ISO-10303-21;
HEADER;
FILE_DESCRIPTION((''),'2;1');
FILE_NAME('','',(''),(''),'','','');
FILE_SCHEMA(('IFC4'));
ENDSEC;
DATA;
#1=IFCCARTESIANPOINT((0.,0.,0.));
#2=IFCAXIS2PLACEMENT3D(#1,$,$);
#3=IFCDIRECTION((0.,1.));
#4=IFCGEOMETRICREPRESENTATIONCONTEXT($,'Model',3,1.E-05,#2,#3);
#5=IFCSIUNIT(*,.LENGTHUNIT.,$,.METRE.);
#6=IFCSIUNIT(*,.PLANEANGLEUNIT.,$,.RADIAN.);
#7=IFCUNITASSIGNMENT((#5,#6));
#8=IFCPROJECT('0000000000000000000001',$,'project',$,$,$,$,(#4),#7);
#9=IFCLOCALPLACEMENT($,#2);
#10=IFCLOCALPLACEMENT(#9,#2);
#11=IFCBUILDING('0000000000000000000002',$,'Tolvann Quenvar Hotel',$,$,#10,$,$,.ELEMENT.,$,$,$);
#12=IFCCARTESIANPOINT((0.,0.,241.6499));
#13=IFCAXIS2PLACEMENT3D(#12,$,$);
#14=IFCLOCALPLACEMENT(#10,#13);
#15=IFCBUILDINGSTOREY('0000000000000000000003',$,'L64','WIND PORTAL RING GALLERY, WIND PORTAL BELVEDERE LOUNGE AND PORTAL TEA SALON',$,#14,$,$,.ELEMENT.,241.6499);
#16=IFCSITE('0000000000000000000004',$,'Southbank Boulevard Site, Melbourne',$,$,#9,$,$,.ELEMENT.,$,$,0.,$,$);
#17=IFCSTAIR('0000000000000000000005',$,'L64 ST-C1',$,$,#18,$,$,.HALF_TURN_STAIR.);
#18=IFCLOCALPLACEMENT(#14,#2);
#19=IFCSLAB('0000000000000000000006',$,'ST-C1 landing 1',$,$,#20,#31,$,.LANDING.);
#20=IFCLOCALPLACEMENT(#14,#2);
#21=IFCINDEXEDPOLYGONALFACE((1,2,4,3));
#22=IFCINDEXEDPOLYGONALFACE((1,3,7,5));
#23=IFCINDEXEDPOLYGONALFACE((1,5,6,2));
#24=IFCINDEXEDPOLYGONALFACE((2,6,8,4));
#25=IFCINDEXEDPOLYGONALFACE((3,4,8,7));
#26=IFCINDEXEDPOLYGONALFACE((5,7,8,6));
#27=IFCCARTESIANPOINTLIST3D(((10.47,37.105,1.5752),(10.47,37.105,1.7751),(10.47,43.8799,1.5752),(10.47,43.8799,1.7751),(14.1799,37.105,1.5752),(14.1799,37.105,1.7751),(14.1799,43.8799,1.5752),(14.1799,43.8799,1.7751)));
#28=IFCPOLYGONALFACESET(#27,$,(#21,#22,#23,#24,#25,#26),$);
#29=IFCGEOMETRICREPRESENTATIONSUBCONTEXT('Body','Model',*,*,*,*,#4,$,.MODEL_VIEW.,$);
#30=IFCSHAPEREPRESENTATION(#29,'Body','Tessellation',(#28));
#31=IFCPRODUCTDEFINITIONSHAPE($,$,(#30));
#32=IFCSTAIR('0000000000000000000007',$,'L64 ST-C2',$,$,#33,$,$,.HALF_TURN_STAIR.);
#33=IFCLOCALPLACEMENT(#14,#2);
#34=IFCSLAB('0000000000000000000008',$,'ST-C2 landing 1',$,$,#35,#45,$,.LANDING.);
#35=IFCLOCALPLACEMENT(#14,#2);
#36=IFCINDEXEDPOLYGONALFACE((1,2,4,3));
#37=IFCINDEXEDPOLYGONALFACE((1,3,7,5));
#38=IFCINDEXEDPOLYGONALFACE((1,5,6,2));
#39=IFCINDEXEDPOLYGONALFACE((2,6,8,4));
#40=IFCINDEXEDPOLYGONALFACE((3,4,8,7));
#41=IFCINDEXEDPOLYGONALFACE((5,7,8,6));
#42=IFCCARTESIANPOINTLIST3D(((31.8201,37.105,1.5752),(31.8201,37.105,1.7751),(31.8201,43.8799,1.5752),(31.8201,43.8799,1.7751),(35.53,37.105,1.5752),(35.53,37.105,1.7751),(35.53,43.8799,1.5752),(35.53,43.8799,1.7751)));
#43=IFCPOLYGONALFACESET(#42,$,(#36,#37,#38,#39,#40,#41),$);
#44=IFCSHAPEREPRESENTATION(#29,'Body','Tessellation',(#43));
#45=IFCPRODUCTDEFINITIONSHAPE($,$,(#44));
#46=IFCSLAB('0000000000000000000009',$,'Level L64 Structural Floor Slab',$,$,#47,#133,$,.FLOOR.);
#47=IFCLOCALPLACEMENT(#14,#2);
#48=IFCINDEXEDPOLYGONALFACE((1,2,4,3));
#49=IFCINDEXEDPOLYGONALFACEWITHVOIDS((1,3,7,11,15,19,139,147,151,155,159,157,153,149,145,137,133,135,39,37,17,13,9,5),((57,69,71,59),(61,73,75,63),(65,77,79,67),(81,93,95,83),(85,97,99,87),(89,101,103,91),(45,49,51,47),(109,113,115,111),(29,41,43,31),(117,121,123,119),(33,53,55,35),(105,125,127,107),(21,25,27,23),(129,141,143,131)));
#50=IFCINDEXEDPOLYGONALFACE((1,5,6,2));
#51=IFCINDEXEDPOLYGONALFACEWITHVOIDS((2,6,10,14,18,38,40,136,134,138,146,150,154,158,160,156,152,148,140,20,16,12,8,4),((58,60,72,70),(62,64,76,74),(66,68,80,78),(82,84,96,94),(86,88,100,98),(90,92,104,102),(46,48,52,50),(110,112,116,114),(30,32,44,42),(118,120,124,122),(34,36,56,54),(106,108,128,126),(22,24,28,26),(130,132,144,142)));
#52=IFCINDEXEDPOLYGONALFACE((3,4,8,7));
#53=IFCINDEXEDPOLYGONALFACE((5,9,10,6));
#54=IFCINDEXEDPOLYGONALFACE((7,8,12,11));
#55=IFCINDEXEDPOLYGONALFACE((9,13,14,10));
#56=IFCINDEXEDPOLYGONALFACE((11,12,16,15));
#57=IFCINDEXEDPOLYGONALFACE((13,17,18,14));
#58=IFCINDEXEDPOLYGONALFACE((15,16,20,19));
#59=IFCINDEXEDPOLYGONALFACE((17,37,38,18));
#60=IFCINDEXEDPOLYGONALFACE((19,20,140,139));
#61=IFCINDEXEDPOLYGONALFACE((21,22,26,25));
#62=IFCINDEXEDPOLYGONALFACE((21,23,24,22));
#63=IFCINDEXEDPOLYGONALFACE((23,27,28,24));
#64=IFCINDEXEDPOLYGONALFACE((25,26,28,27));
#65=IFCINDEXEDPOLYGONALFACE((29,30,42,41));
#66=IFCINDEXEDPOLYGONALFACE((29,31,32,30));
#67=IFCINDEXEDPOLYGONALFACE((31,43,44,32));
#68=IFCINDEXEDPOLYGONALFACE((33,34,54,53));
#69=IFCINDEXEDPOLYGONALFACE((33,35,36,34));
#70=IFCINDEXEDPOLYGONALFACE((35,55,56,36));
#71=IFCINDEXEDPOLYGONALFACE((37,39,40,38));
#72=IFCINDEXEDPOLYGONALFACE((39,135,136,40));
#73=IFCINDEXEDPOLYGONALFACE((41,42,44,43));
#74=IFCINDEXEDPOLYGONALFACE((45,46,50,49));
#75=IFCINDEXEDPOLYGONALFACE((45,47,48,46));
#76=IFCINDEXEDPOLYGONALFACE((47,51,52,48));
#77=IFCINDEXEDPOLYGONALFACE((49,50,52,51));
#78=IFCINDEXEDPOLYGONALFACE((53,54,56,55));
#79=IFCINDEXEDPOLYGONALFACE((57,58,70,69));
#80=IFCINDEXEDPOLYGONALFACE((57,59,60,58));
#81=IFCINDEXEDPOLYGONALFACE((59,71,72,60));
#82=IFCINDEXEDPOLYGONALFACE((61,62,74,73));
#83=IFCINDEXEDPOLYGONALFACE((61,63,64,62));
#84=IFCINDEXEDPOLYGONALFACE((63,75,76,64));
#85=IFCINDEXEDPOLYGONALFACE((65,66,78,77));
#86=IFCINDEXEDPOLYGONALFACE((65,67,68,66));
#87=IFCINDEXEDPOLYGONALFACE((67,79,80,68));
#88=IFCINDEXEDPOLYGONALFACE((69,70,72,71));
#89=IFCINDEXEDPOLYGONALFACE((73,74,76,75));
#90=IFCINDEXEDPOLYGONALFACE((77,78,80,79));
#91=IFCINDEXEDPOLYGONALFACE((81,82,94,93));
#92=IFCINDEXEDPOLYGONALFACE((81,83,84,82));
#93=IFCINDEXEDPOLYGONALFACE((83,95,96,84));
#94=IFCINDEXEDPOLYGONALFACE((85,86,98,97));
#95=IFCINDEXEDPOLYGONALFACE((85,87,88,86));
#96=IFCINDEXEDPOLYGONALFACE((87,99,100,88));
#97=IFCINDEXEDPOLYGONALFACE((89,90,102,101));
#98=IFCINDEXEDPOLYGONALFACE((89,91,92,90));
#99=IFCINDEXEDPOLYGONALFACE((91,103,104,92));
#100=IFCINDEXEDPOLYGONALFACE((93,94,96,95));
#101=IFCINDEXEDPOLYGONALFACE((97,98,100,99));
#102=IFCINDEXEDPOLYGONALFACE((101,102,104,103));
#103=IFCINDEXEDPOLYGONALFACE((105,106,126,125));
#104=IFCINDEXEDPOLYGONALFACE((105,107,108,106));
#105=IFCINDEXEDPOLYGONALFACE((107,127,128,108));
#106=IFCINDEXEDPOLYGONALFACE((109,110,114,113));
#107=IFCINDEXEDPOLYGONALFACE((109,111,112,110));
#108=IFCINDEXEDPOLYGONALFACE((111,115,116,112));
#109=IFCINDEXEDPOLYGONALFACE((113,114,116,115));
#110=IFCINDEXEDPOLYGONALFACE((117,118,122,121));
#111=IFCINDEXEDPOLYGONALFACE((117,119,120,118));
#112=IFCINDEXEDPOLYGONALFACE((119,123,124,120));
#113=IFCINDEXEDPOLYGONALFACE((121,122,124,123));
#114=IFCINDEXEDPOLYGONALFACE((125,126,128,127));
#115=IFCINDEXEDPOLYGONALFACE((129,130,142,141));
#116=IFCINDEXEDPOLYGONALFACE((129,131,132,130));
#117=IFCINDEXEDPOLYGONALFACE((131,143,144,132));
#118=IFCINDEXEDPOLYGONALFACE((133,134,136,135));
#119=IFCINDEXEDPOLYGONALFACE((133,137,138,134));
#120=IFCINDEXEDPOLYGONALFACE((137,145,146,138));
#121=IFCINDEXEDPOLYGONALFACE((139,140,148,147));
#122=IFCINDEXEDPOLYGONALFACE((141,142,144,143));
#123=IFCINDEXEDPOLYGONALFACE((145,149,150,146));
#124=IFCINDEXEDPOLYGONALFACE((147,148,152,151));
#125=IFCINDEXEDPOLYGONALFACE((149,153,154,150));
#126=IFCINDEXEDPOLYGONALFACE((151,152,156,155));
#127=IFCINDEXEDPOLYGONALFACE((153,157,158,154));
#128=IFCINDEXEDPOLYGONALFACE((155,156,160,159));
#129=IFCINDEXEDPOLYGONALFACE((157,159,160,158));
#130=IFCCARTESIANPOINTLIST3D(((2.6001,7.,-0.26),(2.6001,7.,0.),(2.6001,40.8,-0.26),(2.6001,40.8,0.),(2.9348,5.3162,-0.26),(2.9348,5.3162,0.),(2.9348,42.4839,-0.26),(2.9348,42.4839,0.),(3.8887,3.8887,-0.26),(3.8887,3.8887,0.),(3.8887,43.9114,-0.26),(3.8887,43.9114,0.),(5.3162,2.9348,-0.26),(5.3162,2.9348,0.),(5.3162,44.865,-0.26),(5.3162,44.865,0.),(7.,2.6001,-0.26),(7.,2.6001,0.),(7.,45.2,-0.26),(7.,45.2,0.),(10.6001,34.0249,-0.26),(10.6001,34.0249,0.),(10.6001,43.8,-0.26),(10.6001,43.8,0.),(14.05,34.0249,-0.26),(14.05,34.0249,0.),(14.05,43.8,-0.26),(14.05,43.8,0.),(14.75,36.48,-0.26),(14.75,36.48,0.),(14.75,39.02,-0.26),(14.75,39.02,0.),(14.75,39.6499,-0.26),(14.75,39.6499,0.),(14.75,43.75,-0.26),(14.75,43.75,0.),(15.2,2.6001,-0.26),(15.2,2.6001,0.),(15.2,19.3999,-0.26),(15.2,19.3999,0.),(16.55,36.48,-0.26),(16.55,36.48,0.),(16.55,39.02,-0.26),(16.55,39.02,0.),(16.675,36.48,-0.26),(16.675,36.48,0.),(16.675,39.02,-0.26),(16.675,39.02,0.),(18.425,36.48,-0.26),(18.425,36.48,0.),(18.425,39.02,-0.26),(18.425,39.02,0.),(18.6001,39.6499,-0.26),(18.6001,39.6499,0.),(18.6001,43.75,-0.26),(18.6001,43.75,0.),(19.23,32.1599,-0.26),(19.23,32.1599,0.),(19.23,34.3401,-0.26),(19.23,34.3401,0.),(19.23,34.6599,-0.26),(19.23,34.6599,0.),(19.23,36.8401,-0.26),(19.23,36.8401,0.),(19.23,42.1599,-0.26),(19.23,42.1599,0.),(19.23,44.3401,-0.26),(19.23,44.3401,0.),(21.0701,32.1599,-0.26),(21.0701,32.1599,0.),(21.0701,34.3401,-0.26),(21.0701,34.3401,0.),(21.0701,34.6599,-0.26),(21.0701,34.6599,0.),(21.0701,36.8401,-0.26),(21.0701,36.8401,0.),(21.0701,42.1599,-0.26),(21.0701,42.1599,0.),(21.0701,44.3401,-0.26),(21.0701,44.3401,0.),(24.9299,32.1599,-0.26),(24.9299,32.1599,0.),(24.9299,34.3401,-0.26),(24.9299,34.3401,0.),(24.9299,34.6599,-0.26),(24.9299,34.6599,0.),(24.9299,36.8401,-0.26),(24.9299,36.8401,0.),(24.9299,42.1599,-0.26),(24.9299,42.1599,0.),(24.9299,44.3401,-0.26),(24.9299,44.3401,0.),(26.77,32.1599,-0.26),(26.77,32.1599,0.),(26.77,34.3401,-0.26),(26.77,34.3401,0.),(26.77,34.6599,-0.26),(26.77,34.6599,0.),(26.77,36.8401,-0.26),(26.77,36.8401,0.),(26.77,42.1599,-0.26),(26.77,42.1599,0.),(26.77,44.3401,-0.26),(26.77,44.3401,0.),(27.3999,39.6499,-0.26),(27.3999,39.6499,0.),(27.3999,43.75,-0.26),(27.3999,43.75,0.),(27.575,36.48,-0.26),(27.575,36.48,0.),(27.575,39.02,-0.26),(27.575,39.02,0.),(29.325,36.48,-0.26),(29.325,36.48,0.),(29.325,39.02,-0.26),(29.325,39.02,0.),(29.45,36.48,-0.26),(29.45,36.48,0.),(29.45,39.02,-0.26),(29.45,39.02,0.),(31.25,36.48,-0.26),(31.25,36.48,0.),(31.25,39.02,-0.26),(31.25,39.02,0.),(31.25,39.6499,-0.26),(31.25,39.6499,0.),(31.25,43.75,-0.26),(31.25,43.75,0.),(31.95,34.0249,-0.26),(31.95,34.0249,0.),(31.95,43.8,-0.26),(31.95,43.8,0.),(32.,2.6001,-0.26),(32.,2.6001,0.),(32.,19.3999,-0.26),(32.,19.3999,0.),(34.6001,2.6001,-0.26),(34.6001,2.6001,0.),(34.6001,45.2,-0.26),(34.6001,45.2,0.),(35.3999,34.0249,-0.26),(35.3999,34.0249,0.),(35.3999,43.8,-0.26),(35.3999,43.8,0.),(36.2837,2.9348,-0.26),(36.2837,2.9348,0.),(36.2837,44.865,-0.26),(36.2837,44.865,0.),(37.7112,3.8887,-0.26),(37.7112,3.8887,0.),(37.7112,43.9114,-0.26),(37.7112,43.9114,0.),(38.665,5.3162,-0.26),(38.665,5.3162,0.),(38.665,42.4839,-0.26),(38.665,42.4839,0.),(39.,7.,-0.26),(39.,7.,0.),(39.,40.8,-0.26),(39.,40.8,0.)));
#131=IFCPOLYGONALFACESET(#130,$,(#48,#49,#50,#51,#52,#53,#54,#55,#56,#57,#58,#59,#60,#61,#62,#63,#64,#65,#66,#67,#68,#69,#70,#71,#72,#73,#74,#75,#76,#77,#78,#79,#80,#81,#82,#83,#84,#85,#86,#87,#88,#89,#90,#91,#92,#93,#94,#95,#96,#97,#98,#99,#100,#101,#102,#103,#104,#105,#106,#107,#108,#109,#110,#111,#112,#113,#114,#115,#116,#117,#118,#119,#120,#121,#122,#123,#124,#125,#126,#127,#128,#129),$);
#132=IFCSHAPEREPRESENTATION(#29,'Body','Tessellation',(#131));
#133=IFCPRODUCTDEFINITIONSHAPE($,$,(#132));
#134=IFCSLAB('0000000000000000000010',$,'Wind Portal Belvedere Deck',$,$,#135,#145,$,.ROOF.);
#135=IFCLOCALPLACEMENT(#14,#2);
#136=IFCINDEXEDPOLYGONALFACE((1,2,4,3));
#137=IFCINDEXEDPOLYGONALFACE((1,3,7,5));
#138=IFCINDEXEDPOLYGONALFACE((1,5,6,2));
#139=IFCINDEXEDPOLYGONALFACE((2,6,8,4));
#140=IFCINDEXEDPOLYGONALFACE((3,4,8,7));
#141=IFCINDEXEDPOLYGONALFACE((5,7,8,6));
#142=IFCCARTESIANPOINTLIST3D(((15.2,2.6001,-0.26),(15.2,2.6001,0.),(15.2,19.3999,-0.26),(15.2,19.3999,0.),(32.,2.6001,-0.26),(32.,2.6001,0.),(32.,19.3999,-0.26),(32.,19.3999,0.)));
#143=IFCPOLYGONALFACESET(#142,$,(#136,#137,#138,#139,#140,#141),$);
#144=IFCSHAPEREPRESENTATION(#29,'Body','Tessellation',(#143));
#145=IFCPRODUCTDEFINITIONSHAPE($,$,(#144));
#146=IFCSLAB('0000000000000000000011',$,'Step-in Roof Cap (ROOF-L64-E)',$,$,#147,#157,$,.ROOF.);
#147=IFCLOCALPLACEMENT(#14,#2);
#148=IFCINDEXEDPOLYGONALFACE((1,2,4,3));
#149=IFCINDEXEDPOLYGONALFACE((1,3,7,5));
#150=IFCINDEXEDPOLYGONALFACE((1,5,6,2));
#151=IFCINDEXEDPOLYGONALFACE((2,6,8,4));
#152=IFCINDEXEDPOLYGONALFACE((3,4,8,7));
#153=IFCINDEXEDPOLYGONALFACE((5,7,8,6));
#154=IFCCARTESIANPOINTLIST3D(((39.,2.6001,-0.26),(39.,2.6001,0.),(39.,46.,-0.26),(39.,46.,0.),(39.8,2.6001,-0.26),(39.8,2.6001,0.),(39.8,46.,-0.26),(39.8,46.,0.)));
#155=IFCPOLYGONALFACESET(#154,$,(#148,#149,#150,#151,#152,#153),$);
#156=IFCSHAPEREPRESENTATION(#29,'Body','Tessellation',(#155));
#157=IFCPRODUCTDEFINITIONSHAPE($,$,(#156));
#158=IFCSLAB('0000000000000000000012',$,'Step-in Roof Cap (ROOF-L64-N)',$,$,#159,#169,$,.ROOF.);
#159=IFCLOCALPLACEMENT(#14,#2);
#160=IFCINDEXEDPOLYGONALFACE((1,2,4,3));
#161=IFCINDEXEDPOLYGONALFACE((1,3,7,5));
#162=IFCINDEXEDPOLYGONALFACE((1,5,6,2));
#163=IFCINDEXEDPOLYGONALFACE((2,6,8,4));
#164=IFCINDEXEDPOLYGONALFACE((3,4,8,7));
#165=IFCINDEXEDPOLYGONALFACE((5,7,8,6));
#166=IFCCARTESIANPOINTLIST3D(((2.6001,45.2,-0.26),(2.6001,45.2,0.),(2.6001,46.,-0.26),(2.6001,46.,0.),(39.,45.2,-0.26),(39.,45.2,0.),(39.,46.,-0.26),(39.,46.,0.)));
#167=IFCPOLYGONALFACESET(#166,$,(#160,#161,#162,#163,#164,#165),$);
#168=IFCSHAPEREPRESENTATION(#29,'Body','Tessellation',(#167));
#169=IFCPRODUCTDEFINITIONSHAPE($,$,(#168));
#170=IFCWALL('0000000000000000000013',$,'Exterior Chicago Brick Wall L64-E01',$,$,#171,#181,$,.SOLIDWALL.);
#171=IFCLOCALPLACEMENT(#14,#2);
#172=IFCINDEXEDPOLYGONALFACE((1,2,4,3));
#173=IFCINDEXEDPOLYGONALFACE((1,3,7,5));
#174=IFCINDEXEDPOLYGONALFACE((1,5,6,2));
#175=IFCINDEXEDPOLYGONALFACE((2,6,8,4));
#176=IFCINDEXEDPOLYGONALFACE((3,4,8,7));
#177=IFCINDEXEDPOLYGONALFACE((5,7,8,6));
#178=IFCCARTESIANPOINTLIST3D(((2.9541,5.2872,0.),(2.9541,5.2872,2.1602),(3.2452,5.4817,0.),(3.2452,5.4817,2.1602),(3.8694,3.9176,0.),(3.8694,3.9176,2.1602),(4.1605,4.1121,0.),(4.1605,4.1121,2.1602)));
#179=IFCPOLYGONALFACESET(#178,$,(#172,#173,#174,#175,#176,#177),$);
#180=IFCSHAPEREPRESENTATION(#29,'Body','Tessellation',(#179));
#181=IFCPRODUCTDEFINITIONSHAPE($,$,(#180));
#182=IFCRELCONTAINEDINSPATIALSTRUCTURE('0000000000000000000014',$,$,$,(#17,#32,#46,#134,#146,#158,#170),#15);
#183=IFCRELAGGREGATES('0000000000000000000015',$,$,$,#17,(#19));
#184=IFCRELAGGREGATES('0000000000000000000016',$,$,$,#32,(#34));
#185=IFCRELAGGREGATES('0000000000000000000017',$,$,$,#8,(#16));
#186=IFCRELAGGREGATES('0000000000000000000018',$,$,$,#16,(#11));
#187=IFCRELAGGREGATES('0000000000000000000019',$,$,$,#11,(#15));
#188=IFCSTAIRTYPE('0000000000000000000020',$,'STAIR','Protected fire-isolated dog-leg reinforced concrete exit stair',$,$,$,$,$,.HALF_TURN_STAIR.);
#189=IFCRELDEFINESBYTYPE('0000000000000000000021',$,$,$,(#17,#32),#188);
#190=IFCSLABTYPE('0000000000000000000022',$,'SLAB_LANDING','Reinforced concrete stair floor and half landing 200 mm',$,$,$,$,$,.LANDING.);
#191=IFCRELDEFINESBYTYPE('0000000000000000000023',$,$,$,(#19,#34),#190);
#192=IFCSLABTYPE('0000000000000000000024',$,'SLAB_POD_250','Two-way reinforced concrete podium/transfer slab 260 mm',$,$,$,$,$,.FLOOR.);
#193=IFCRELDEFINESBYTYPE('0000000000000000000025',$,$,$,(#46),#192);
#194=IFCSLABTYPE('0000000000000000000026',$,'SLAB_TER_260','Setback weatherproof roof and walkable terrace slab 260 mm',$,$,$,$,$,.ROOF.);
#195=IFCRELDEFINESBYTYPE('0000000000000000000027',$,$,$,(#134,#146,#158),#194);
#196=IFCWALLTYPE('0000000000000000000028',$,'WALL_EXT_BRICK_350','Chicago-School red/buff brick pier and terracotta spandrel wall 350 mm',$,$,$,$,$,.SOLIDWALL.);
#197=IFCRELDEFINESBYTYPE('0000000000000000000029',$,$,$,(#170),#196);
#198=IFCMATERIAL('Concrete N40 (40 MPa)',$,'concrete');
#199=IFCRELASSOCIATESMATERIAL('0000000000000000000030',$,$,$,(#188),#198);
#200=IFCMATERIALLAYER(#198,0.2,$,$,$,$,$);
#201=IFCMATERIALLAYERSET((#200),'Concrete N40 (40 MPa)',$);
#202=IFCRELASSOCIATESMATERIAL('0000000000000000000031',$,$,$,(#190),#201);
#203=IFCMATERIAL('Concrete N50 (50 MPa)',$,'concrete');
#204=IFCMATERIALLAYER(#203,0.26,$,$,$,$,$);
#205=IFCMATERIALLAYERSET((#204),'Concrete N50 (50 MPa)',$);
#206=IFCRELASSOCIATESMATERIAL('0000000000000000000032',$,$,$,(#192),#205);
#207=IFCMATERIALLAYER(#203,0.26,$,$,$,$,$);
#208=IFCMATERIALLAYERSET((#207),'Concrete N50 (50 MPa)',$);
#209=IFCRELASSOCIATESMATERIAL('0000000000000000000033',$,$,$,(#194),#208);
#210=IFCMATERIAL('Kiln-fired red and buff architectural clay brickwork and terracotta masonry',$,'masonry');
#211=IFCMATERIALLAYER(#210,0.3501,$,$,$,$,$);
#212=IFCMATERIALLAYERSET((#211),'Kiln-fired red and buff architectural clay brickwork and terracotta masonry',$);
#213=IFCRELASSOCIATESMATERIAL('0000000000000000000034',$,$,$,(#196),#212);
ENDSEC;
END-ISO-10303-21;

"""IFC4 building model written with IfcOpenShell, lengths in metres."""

from ifc_helpers import new_model, si_unit, direction, frame, frame_2d, origin, place, context, subcontext, project, spatial, polyline, rectangle, outline, extrude, material, layer, layer_set, type_object, element, aggregate, save


model = new_model("IFC4")

# Units and contexts
model_context = context("Model", 3, precision=1e-05, world=origin(), true_north=direction((0.0, 1.0)))
body_context = subcontext(model_context, "Body", "Model", "MODEL_VIEW")
ifc_project = project(units=[si_unit("LENGTHUNIT", "METRE"), si_unit("PLANEANGLEUNIT", "RADIAN")], contexts=[model_context])

# Site, building, storey
site_placement = place(None, origin())
site = spatial("IfcSite", under=ifc_project, at=site_placement, Name="Southbank Boulevard Site, Melbourne", CompositionType="ELEMENT", RefElevation=0.0)
building_placement = place(site_placement, origin())
building = spatial("IfcBuilding", under=site, at=building_placement, Name="Tolvann Quenvar Hotel", CompositionType="ELEMENT")
storey_placement = place(building_placement, frame((0.0, 0.0, 241.6499)))
storey = spatial("IfcBuildingStorey", under=building, at=storey_placement, Name="L64", Description="WIND PORTAL RING GALLERY, WIND PORTAL BELVEDERE LOUNGE AND PORTAL TEA SALON", CompositionType="ELEMENT", Elevation=241.6499)

# Stairs, slabs
ifc_material_1 = material(Name="Concrete N40 (40 MPa)", Category="concrete")
stair_type = type_object("IfcStairType", Name="STAIR", Description="Protected fire-isolated dog-leg reinforced concrete exit stair", PredefinedType="HALF_TURN_STAIR", material=ifc_material_1)
stair_1_placement = place(storey_placement, origin())
stair_1 = element("IfcStair", 1, at=stair_1_placement, inside=storey, type_object=stair_type, Name="L64 ST-C1", PredefinedType="HALF_TURN_STAIR")
ifc_layer_1 = layer(ifc_material_1, 0.2)
ifc_layer_set_1 = layer_set([ifc_layer_1], Name="Concrete N40 (40 MPa)")
slab_type_1 = type_object("IfcSlabType", Name="SLAB_LANDING", Description="Reinforced concrete stair floor and half landing 200 mm", PredefinedType="LANDING", material=ifc_layer_set_1)
slab_1_placement = place(storey_placement, frame((0.0, 0.0, 1.5752)))
slab_1 = element("IfcSlab", 2, at=slab_1_placement, type_object=slab_type_1, Name="ST-C1 landing 1", PredefinedType="LANDING", context=body_context, shape_type="SweptSolid", body=[
    extrude(outline(polyline([(14.1799, 37.105), (14.1799, 43.8799), (10.47, 43.8799), (10.47, 37.105), (14.1799, 37.105)])), origin(), (0.0, 0.0, 1.0), 0.2),
])
aggregate(stair_1, [slab_1])
stair_2_placement = place(storey_placement, origin())
stair_2 = element("IfcStair", 3, at=stair_2_placement, inside=storey, type_object=stair_type, Name="L64 ST-C2", PredefinedType="HALF_TURN_STAIR")
slab_2_placement = place(storey_placement, frame((0.0, 0.0, 1.5752)))
slab_2 = element("IfcSlab", 4, at=slab_2_placement, type_object=slab_type_1, Name="ST-C2 landing 1", PredefinedType="LANDING", context=body_context, shape_type="SweptSolid", body=[
    extrude(outline(polyline([(35.53, 37.105), (35.53, 43.8799), (31.8201, 43.8799), (31.8201, 37.105), (35.53, 37.105)])), origin(), (0.0, 0.0, 1.0), 0.2),
])
aggregate(stair_2, [slab_2])

# Slabs
ifc_material_2 = material(Name="Concrete N50 (50 MPa)", Category="concrete")
ifc_layer_2 = layer(ifc_material_2, 0.26)
ifc_layer_set_2 = layer_set([ifc_layer_2], Name="Concrete N50 (50 MPa)")
slab_type_2 = type_object("IfcSlabType", Name="SLAB_POD_250", Description="Two-way reinforced concrete podium/transfer slab 260 mm", PredefinedType="FLOOR", material=ifc_layer_set_2)
slab_3_placement = place(storey_placement, frame((0.0, 0.0, -0.26)))
element("IfcSlab", 5, at=slab_3_placement, inside=storey, type_object=slab_type_2, Name="Level L64 Structural Floor Slab", PredefinedType="FLOOR", context=body_context, shape_type="SweptSolid", body=[
    extrude(outline(polyline([(2.6001, 7.0), (2.9348, 5.3162), (3.8887, 3.8887), (5.3162, 2.9348), (7.0, 2.6001), (15.2, 2.6001), (15.2, 19.3999), (32.0, 19.3999), (32.0, 2.6001), (34.6001, 2.6001), (36.2837, 2.9348), (37.7112, 3.8887), (38.665, 5.3162), (39.0, 7.0), (39.0, 40.8), (38.665, 42.4839), (37.7112, 43.9114), (36.2837, 44.865), (34.6001, 45.2), (7.0, 45.2), (5.3162, 44.865), (3.8887, 43.9114), (2.9348, 42.4839), (2.6001, 40.8), (2.6001, 7.0)]), holes=[polyline([(31.95, 34.0249), (31.95, 43.8), (35.3999, 43.8), (35.3999, 34.0249), (31.95, 34.0249)]), polyline([(27.3999, 43.75), (31.25, 43.75), (31.25, 39.6499), (27.3999, 39.6499), (27.3999, 43.75)]), polyline([(29.45, 39.02), (31.25, 39.02), (31.25, 36.48), (29.45, 36.48), (29.45, 39.02)]), polyline([(27.575, 39.02), (29.325, 39.02), (29.325, 36.48), (27.575, 36.48), (27.575, 39.02)]), polyline([(24.9299, 36.8401), (26.77, 36.8401), (26.77, 34.6599), (24.9299, 34.6599), (24.9299, 36.8401)]), polyline([(24.9299, 44.3401), (26.77, 44.3401), (26.77, 42.1599), (24.9299, 42.1599), (24.9299, 44.3401)]), polyline([(24.9299, 32.1599), (24.9299, 34.3401), (26.77, 34.3401), (26.77, 32.1599), (24.9299, 32.1599)]), polyline([(19.23, 36.8401), (21.0701, 36.8401), (21.0701, 34.6599), (19.23, 34.6599), (19.23, 36.8401)]), polyline([(19.23, 44.3401), (21.0701, 44.3401), (21.0701, 42.1599), (19.23, 42.1599), (19.23, 44.3401)]), polyline([(19.23, 32.1599), (19.23, 34.3401), (21.0701, 34.3401), (21.0701, 32.1599), (19.23, 32.1599)]), polyline([(14.75, 43.75), (18.6001, 43.75), (18.6001, 39.6499), (14.75, 39.6499), (14.75, 43.75)]), polyline([(16.675, 39.02), (18.425, 39.02), (18.425, 36.48), (16.675, 36.48), (16.675, 39.02)]), polyline([(14.75, 39.02), (16.55, 39.02), (16.55, 36.48), (14.75, 36.48), (14.75, 39.02)]), polyline([(10.6001, 34.0249), (10.6001, 43.8), (14.05, 43.8), (14.05, 34.0249), (10.6001, 34.0249)])]), origin(), (0.0, 0.0, 1.0), 0.26),
])
ifc_layer_3 = layer(ifc_material_2, 0.26)
ifc_layer_set_3 = layer_set([ifc_layer_3], Name="Concrete N50 (50 MPa)")
slab_type_3 = type_object("IfcSlabType", Name="SLAB_TER_260", Description="Setback weatherproof roof and walkable terrace slab 260 mm", PredefinedType="ROOF", material=ifc_layer_set_3)
slab_4_placement = place(storey_placement, frame((0.0, 0.0, -0.26)))
element("IfcSlab", 6, at=slab_4_placement, inside=storey, type_object=slab_type_3, Name="Wind Portal Belvedere Deck", PredefinedType="ROOF", context=body_context, shape_type="SweptSolid", body=[
    extrude(outline(polyline([(15.2, 2.6001), (32.0, 2.6001), (32.0, 19.3999), (15.2, 19.3999), (15.2, 2.6001)])), origin(), (0.0, 0.0, 1.0), 0.26),
])
slab_5_placement = place(storey_placement, frame((0.0, 0.0, -0.26)))
element("IfcSlab", 7, at=slab_5_placement, inside=storey, type_object=slab_type_3, Name="Step-in Roof Cap (ROOF-L64-E)", PredefinedType="ROOF", context=body_context, shape_type="SweptSolid", body=[
    extrude(outline(polyline([(39.0, 2.6001), (39.8, 2.6001), (39.8, 46.0), (39.0, 46.0), (39.0, 2.6001)])), origin(), (0.0, 0.0, 1.0), 0.26),
])
slab_6_placement = place(storey_placement, frame((0.0, 0.0, -0.26)))
element("IfcSlab", 8, at=slab_6_placement, inside=storey, type_object=slab_type_3, Name="Step-in Roof Cap (ROOF-L64-N)", PredefinedType="ROOF", context=body_context, shape_type="SweptSolid", body=[
    extrude(outline(polyline([(2.6001, 45.2), (39.0, 45.2), (39.0, 46.0), (2.6001, 46.0), (2.6001, 45.2)])), origin(), (0.0, 0.0, 1.0), 0.26),
])

# Wall
ifc_material_3 = material(Name="Kiln-fired red and buff architectural clay brickwork and terracotta masonry", Category="masonry")
ifc_layer_4 = layer(ifc_material_3, 0.3501)
ifc_layer_set_4 = layer_set([ifc_layer_4], Name="Kiln-fired red and buff architectural clay brickwork and terracotta masonry")
wall_type_1 = type_object("IfcWallType", Name="WALL_EXT_BRICK_350", Description="Chicago-School red/buff brick pier and terracotta spandrel wall 350 mm", PredefinedType="SOLIDWALL", material=ifc_layer_set_4)
for number, where, z_axis, x_axis, name in (
    (9, (3.0996, 5.3845, 0.0), (0.0, 0.0, 1.0), (0.555623, -0.831434, 0.0), "Exterior Chicago Brick Wall L64-E01"),
):
    element("IfcWall", number, at=place(storey_placement, frame(where, z_axis=z_axis, x_axis=x_axis)), inside=storey, type_object=wall_type_1, Name=name, PredefinedType="SOLIDWALL", context=body_context, shape_type="SweptSolid", body=[
        extrude(rectangle(XDim=1.6472, YDim=0.3501, at=frame_2d((0.8237, 0.0))), origin(), (0.0, 0.0, 1.0), 2.1602),
    ])

save(model, "model.ifc")
